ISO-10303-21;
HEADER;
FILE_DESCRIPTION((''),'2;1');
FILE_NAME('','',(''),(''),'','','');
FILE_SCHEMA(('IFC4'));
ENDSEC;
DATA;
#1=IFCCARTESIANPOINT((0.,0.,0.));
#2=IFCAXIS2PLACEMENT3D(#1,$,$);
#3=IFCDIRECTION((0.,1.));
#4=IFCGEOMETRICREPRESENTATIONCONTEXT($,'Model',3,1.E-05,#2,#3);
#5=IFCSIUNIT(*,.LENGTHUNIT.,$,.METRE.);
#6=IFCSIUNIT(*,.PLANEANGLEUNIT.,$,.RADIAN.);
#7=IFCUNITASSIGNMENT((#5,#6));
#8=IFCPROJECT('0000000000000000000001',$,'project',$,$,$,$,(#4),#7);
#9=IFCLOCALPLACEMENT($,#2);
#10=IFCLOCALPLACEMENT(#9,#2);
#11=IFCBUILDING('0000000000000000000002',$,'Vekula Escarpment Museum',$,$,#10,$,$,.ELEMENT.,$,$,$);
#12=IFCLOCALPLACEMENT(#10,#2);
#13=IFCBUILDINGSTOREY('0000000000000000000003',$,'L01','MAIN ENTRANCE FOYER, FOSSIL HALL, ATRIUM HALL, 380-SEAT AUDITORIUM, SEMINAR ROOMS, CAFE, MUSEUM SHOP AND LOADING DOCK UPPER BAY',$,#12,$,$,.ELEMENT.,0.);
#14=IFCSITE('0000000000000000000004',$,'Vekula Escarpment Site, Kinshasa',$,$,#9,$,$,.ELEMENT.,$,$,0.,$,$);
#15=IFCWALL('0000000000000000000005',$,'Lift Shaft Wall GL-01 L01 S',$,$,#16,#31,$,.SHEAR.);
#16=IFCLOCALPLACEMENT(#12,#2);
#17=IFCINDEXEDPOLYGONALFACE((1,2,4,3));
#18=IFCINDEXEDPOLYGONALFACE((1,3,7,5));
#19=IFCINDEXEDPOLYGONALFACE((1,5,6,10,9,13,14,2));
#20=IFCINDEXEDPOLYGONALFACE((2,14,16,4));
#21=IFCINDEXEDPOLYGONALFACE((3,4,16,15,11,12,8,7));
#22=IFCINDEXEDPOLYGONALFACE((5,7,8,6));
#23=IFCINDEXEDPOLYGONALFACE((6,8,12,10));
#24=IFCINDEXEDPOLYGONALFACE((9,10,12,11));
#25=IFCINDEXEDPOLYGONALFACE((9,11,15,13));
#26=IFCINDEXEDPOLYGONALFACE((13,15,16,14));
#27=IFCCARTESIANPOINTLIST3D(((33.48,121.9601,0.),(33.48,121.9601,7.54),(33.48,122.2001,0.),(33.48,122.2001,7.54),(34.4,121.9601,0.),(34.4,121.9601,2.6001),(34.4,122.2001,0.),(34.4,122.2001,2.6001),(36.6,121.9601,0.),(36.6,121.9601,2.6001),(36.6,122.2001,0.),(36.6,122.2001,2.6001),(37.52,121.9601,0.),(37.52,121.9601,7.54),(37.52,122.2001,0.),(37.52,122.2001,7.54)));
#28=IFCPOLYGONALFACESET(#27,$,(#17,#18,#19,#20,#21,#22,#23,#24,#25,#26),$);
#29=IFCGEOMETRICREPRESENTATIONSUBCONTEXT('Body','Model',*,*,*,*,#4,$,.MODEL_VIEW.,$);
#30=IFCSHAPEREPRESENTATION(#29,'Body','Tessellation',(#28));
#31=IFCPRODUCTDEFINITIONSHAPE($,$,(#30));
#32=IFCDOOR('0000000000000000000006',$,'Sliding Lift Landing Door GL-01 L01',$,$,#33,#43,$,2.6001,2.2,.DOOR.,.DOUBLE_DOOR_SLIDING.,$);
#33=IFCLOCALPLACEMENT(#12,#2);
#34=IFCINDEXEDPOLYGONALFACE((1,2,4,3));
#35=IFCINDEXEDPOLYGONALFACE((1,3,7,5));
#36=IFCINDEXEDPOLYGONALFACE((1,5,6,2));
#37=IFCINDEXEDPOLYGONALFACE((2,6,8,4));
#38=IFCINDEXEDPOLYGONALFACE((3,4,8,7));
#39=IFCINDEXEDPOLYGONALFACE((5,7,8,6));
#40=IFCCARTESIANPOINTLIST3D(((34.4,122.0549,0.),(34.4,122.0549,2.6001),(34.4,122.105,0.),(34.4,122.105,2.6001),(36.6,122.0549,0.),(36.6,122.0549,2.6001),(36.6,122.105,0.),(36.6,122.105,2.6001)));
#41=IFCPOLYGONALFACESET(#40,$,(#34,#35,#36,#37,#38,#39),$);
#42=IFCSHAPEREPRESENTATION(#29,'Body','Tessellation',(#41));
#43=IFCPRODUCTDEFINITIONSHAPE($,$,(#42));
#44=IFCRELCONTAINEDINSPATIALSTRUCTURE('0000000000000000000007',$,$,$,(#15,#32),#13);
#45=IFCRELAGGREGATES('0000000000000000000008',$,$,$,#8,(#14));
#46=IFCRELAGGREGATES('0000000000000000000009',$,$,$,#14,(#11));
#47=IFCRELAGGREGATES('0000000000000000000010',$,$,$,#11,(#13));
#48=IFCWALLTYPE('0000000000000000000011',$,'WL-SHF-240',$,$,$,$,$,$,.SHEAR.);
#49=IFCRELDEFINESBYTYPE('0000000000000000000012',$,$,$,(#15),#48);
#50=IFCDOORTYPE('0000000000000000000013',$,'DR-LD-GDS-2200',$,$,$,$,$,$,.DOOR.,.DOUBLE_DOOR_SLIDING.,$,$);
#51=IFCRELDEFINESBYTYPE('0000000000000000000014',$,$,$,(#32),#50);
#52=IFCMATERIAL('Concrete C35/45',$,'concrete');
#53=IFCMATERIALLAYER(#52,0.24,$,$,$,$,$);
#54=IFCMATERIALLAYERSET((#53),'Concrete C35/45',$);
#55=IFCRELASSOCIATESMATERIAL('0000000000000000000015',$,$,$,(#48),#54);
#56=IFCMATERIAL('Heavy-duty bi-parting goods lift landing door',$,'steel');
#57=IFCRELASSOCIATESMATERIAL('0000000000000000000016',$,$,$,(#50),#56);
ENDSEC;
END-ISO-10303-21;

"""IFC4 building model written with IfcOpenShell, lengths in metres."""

from ifc_helpers import new_model, si_unit, direction, frame, frame_2d, origin, place, context, subcontext, project, spatial, rectangle, extrude, material, layer, layer_set, type_object, element, fill, save


model = new_model("IFC4")

# Units and contexts
model_context = context("Model", 3, precision=1e-05, world=origin(), true_north=direction((0.0, 1.0)))
body_context = subcontext(model_context, "Body", "Model", "MODEL_VIEW")
ifc_project = project(units=[si_unit("LENGTHUNIT", "METRE"), si_unit("PLANEANGLEUNIT", "RADIAN")], contexts=[model_context])

# Site, building, storey
site_placement = place(None, origin())
site = spatial("IfcSite", under=ifc_project, at=site_placement, Name="Vekula Escarpment Site, Kinshasa", CompositionType="ELEMENT", RefElevation=0.0)
building_placement = place(site_placement, origin())
building = spatial("IfcBuilding", under=site, at=building_placement, Name="Vekula Escarpment Museum", CompositionType="ELEMENT")
storey_placement = place(building_placement, origin())
storey = spatial("IfcBuildingStorey", under=building, at=storey_placement, Name="L01", Description="MAIN ENTRANCE FOYER, FOSSIL HALL, ATRIUM HALL, 380-SEAT AUDITORIUM, SEMINAR ROOMS, CAFE, MUSEUM SHOP AND LOADING DOCK UPPER BAY", CompositionType="ELEMENT", Elevation=0.0)

# Wall, opening, door
ifc_material_1 = material(Name="Concrete C35/45", Category="concrete")
ifc_layer = layer(ifc_material_1, 0.24)
ifc_layer_set = layer_set([ifc_layer], Name="Concrete C35/45")
wall_type = type_object("IfcWallType", Name="WL-SHF-240", PredefinedType="SHEAR", material=ifc_layer_set)
wall_placement = place(storey_placement, frame((33.48, 122.0801, 0.0), z_axis=(0.0, 0.0, 1.0), x_axis=(1.0, 0.0, 0.0)))
wall = element("IfcWall", 1, at=wall_placement, inside=storey, type_object=wall_type, Name="Lift Shaft Wall GL-01 L01 S", PredefinedType="SHEAR", context=body_context, shape_type="SweptSolid", body=[
    extrude(rectangle(XDim=4.04, YDim=0.24, at=frame_2d((2.02, 0.0))), origin(), (0.0, 0.0, 1.0), 7.54),
])
opening_placement = place(wall_placement, frame((0.9199, 0.0, 0.0)))
opening = element("IfcOpeningElement", 2, at=opening_placement, cuts=wall, PredefinedType="OPENING", context=body_context, shape_type="SweptSolid", body=[
    extrude(rectangle(XDim=2.2, YDim=2.6001, at=frame_2d((1.1001, 1.3))), frame((0.0, 0.1299, 0.0), z_axis=(0.0, -1.0, 0.0), x_axis=(1.0, 0.0, 0.0)), (0.0, 0.0, 1.0), 0.26),
])
ifc_material_2 = material(Name="Heavy-duty bi-parting goods lift landing door", Category="steel")
door_type = type_object("IfcDoorType", Name="DR-LD-GDS-2200", OperationType="DOUBLE_DOOR_SLIDING", PredefinedType="DOOR", material=ifc_material_2)
door_placement = place(opening_placement, origin())
door = element("IfcDoor", 3, at=door_placement, inside=storey, type_object=door_type, Name="Sliding Lift Landing Door GL-01 L01", OperationType="DOUBLE_DOOR_SLIDING", OverallHeight=2.6001, OverallWidth=2.2, PredefinedType="DOOR", context=body_context, shape_type="SweptSolid", body=[
    extrude(rectangle(XDim=2.2, YDim=2.6001, at=frame_2d((1.1001, 1.3))), frame((0.0, 0.0249, 0.0), z_axis=(0.0, -1.0, 0.0), x_axis=(1.0, 0.0, 0.0)), (0.0, 0.0, 1.0), 0.05),
])
fill(opening, door)

save(model, "model.ifc")
